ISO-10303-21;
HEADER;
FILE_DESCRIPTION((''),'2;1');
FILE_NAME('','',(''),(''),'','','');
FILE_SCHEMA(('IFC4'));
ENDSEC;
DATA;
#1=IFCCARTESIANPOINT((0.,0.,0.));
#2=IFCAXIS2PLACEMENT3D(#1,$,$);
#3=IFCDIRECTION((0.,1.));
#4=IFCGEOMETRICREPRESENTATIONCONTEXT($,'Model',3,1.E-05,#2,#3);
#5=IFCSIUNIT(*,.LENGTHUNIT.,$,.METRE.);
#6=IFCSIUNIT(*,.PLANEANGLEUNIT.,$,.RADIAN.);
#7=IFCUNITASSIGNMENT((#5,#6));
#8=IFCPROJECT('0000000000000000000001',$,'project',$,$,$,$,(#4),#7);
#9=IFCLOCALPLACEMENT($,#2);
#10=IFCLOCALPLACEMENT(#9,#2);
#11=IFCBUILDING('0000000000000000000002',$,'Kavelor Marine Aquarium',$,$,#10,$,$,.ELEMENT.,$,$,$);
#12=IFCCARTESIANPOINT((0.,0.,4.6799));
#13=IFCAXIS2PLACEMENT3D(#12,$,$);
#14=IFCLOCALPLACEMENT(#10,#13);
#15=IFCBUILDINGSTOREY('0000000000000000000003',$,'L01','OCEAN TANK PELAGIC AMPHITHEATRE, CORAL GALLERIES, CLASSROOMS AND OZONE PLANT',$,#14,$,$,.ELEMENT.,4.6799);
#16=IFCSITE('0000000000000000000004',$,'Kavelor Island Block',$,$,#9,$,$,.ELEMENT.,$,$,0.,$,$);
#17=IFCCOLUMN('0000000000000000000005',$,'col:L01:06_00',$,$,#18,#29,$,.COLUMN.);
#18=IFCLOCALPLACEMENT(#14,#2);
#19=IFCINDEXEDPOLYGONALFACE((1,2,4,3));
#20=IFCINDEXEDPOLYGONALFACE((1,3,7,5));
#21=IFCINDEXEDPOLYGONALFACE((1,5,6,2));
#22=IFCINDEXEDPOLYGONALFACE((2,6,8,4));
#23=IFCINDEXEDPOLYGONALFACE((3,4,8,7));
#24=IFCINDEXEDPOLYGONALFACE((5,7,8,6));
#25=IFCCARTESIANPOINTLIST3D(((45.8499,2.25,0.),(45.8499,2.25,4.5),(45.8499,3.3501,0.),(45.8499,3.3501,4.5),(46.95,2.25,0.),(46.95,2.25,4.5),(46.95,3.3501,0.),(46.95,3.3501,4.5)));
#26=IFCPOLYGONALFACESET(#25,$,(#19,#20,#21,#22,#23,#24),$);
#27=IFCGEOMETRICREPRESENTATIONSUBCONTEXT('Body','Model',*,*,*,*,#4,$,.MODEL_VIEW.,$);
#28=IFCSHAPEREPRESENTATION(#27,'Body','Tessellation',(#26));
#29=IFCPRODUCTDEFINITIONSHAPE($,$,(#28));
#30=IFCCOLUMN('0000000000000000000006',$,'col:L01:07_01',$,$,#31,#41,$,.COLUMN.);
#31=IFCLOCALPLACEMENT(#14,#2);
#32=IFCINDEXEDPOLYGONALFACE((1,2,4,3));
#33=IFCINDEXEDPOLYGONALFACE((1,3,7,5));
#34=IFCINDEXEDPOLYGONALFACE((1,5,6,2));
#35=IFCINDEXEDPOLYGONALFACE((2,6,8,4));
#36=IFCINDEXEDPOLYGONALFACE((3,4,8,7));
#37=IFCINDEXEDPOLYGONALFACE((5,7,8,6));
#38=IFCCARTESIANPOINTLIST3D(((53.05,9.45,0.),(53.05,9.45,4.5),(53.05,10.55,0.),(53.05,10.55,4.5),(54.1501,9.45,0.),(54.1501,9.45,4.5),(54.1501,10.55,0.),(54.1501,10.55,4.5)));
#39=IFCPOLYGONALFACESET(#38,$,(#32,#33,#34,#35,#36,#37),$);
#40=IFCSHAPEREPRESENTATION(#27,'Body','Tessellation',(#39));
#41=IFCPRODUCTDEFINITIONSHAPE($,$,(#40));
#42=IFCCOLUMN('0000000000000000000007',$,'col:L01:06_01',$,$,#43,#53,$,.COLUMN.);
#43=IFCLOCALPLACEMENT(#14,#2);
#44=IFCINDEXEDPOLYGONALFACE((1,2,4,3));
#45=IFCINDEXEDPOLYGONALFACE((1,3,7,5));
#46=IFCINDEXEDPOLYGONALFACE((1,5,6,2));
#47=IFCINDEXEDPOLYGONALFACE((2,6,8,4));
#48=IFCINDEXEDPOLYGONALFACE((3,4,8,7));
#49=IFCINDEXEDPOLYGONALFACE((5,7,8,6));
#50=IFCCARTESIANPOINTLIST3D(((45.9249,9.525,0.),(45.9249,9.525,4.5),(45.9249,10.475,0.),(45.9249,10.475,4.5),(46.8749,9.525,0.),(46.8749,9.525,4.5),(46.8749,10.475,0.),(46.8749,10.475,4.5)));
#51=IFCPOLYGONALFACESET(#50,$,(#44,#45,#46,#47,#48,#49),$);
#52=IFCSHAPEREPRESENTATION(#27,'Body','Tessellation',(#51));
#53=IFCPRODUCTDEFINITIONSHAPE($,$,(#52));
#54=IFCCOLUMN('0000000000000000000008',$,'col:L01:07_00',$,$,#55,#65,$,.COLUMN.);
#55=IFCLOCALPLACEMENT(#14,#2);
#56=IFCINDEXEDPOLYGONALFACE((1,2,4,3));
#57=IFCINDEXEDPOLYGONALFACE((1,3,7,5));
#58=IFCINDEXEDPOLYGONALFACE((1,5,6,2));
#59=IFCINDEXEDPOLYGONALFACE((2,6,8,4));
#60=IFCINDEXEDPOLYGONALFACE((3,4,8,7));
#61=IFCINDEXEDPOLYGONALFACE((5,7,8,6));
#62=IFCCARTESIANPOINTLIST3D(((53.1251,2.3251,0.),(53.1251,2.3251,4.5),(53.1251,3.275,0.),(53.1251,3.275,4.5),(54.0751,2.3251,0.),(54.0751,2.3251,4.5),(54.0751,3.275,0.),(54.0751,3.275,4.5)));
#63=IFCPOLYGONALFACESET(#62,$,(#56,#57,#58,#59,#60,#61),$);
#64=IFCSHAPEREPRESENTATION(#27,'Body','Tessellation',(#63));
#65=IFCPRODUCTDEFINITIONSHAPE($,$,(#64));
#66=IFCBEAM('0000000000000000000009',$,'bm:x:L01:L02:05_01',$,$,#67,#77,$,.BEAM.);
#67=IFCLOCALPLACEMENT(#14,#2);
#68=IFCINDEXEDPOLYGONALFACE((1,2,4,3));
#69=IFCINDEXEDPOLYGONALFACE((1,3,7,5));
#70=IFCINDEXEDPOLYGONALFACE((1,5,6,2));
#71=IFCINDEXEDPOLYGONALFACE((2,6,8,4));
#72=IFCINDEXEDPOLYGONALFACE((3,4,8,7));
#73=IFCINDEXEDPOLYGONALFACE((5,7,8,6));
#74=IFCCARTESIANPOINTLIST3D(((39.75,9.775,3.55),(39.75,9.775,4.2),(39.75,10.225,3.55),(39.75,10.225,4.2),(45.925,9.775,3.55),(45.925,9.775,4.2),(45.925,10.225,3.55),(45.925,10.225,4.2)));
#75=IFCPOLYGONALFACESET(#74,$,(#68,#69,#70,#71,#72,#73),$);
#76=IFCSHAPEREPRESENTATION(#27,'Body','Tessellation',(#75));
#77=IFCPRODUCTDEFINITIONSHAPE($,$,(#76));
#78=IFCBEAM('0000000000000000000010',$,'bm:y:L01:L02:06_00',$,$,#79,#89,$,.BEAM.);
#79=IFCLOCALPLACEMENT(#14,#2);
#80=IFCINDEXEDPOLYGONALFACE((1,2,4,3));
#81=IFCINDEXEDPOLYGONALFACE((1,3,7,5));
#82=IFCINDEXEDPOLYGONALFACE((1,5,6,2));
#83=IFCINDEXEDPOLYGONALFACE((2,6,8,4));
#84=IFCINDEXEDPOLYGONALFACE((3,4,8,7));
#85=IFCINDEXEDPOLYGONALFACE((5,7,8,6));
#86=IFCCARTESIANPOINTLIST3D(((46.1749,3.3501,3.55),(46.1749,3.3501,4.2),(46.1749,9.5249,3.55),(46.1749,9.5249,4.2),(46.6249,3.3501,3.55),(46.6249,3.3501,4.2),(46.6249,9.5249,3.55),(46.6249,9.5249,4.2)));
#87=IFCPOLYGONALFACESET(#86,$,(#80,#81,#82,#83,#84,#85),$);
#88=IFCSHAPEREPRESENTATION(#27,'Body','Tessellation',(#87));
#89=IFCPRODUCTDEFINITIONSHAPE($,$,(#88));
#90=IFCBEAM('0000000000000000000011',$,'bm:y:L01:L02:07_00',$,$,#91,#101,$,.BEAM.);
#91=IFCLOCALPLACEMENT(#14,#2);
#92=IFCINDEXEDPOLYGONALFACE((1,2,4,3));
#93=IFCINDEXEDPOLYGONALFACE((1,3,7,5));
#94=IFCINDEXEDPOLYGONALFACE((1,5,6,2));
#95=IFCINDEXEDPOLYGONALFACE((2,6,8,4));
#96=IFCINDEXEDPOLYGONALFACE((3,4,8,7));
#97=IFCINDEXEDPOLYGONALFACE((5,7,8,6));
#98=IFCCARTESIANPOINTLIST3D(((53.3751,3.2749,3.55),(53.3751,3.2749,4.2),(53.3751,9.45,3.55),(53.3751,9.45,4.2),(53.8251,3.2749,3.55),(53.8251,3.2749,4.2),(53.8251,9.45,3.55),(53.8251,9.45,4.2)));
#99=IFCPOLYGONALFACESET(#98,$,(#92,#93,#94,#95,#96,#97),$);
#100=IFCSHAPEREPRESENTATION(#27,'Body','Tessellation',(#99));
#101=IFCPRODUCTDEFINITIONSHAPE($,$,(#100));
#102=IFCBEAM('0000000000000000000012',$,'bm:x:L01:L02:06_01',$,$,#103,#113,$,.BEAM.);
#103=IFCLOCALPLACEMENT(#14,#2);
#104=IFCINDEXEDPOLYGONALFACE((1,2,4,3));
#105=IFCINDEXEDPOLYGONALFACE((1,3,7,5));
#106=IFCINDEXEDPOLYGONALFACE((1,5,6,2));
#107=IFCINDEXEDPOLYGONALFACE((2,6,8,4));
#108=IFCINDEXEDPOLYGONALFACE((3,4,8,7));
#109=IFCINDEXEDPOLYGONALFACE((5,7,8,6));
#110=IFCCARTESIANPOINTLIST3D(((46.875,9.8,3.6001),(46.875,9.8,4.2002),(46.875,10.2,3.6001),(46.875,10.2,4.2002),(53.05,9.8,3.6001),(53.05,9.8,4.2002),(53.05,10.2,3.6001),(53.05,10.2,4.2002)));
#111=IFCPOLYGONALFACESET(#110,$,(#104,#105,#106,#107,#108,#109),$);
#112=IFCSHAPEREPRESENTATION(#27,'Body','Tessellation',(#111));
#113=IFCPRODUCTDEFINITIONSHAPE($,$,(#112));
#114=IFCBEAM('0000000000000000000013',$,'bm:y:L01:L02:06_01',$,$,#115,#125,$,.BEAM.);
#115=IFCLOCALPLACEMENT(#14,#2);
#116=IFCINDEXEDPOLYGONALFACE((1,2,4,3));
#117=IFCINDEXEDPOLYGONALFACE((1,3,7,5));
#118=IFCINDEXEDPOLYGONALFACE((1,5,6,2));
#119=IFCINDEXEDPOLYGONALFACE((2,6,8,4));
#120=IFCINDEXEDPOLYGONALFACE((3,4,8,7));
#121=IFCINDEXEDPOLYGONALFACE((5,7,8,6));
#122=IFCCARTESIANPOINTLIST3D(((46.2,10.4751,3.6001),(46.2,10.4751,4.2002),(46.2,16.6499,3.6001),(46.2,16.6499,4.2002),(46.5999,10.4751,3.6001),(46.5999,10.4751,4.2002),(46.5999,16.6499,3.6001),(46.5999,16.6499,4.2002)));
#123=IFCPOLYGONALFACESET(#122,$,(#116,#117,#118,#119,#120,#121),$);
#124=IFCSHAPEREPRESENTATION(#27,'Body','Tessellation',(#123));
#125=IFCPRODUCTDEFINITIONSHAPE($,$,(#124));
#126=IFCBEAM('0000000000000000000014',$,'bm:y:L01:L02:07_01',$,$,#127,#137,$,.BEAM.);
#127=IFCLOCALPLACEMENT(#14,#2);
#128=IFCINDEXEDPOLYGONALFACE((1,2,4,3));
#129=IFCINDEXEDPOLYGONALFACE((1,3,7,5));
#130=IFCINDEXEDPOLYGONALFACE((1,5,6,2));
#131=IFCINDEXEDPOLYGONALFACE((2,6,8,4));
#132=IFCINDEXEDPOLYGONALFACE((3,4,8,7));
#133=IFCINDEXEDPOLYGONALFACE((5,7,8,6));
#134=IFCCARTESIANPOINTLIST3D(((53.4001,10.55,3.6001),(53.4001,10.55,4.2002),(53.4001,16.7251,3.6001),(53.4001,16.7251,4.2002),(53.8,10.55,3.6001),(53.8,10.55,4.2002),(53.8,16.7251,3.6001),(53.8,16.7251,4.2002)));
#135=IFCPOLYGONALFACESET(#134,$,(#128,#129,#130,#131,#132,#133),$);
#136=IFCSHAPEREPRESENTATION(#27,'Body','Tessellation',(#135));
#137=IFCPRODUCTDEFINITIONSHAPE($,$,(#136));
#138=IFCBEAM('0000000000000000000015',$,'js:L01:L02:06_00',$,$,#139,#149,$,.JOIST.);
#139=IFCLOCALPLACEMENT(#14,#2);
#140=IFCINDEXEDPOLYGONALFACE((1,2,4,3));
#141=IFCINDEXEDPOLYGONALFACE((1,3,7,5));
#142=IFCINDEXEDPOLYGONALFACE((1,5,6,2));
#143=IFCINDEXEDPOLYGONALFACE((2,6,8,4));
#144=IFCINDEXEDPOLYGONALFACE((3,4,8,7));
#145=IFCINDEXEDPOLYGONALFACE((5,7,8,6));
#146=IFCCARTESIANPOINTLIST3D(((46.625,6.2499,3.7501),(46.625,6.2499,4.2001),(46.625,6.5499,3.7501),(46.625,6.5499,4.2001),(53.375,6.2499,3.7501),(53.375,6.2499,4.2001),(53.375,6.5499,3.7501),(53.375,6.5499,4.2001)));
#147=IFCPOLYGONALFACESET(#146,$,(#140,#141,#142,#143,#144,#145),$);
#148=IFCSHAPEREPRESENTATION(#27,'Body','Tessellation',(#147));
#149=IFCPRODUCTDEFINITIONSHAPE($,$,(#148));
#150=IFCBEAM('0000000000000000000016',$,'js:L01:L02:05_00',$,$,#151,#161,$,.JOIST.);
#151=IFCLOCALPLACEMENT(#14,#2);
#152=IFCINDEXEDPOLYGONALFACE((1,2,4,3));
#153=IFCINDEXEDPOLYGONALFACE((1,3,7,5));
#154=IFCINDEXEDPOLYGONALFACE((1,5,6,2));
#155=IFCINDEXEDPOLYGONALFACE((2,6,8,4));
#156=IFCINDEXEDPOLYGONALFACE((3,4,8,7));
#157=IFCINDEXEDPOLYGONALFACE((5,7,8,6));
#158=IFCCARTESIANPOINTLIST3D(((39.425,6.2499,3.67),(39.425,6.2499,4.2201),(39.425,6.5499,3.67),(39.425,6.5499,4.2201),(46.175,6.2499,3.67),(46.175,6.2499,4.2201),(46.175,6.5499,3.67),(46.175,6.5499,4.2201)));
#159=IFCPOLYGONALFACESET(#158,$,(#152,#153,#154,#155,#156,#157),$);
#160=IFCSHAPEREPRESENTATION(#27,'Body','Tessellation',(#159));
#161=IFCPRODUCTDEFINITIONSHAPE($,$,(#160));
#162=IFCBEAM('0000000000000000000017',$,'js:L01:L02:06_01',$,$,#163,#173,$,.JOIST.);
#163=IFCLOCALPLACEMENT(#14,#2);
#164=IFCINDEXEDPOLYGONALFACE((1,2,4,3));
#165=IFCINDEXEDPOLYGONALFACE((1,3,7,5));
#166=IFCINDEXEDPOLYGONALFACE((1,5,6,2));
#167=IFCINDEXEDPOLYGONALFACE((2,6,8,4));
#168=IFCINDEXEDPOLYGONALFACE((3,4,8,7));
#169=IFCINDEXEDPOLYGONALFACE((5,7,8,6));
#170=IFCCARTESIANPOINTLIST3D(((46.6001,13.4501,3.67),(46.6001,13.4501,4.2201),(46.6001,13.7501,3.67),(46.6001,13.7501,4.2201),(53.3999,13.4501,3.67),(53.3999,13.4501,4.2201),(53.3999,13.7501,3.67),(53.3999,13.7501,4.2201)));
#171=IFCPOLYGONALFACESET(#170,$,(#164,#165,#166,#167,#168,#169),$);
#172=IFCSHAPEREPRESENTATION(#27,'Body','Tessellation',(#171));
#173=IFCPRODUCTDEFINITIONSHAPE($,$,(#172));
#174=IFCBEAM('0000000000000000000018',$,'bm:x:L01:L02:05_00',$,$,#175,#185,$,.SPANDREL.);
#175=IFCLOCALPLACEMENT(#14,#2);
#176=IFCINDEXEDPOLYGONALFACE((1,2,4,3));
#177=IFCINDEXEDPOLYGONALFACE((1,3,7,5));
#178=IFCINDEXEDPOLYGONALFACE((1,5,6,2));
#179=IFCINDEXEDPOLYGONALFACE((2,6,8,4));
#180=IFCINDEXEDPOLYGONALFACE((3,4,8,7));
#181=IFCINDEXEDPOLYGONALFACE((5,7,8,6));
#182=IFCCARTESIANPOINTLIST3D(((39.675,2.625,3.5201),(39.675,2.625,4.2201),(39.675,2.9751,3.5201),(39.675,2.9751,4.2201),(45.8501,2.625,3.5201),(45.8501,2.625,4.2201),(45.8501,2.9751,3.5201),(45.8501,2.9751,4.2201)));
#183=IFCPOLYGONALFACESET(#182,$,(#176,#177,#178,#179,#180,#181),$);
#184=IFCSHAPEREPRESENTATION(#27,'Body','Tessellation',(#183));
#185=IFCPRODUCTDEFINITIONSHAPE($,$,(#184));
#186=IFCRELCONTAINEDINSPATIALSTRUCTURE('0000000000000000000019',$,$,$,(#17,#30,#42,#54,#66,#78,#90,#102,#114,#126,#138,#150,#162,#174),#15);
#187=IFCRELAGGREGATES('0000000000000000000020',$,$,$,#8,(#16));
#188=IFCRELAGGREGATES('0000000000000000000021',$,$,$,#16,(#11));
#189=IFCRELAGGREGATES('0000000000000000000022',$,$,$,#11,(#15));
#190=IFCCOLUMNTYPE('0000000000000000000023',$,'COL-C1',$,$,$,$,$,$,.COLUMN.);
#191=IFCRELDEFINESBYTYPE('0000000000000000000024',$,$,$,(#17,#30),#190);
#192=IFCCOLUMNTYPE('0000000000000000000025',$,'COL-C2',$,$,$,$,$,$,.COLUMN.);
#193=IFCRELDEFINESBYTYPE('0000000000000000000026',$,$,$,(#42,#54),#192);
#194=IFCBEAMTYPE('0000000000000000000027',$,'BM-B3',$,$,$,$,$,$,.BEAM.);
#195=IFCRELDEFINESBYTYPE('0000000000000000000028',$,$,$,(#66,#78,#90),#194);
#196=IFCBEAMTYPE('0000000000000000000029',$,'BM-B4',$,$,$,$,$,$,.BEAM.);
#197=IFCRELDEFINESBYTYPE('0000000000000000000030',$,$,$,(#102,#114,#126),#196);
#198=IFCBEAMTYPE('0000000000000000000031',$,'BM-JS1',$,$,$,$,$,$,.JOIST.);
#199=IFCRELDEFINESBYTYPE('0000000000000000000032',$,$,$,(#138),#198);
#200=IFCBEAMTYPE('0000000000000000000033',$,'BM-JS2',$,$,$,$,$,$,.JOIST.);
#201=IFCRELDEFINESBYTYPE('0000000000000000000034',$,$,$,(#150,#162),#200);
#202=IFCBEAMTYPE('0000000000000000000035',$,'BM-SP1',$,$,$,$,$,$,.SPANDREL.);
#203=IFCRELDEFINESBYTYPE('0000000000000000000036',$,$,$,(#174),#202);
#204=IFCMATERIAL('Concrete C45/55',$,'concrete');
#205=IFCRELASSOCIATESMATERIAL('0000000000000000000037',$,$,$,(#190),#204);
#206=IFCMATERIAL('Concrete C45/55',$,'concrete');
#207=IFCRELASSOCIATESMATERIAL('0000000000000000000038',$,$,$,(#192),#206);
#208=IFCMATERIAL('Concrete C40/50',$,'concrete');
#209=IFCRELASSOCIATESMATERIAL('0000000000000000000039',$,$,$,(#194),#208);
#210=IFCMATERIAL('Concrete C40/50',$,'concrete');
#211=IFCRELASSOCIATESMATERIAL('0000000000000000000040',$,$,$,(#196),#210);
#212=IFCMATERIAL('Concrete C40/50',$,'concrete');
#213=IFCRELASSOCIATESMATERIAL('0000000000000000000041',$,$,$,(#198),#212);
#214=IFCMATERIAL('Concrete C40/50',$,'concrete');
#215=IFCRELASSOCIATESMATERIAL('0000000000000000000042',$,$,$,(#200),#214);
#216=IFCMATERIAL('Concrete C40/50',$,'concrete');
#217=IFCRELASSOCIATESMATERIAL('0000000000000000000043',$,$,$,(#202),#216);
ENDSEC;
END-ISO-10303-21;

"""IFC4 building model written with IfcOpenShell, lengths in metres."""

from ifc_helpers import new_model, si_unit, direction, frame, origin, origin_2d, place, context, subcontext, project, spatial, rectangle, extrude, material, material_profile, profile_set, type_object, element, save


model = new_model("IFC4")

# Units and contexts
model_context = context("Model", 3, precision=1e-05, world=origin(), true_north=direction((0.0, 1.0)))
body_context = subcontext(model_context, "Body", "Model", "MODEL_VIEW")
ifc_project = project(units=[si_unit("LENGTHUNIT", "METRE"), si_unit("PLANEANGLEUNIT", "RADIAN")], contexts=[model_context])

# Site, building, storey
site_placement = place(None, origin())
site = spatial("IfcSite", under=ifc_project, at=site_placement, Name="Kavelor Island Block", CompositionType="ELEMENT", RefElevation=0.0)
building_placement = place(site_placement, origin())
building = spatial("IfcBuilding", under=site, at=building_placement, Name="Kavelor Marine Aquarium", CompositionType="ELEMENT")
storey_placement = place(building_placement, frame((0.0, 0.0, 4.6799)))
storey = spatial("IfcBuildingStorey", under=building, at=storey_placement, Name="L01", Description="OCEAN TANK PELAGIC AMPHITHEATRE, CORAL GALLERIES, CLASSROOMS AND OZONE PLANT", CompositionType="ELEMENT", Elevation=4.6799)

# Columns
ifc_material_1 = material(Name="Concrete C45/55", Category="concrete")
ifc_material_profile_1 = material_profile(ifc_material_1, rectangle(XDim=1.1001, YDim=1.1001, at=origin_2d()), Name="RC-COL 1100x1100")
ifc_profile_set_1 = profile_set([ifc_material_profile_1], Name="Concrete C45/55")
column_type_1 = type_object("IfcColumnType", Name="COL-C1", PredefinedType="COLUMN", material=ifc_profile_set_1)
for number, where, z_axis, x_axis, name in (
    (1, (46.3999, 2.8, 0.0), (0.0, 0.0, 1.0), (1.0, 0.0, 0.0), "col:L01:06_00"),
    (2, (53.6001, 10.0, 0.0), (0.0, 0.0, 1.0), (1.0, 0.0, 0.0), "col:L01:07_01"),
):
    element("IfcColumn", number, at=place(storey_placement, frame(where, z_axis=z_axis, x_axis=x_axis)), inside=storey, type_object=column_type_1, Name=name, PredefinedType="COLUMN", context=body_context, shape_type="SweptSolid", body=[
        extrude(rectangle(XDim=1.1001, YDim=1.1001, at=origin_2d()), origin(), (0.0, 0.0, 1.0), 4.5),
    ])
ifc_material_2 = material(Name="Concrete C45/55", Category="concrete")
ifc_material_profile_2 = material_profile(ifc_material_2, rectangle(XDim=0.95, YDim=0.95, at=origin_2d()), Name="RC-COL 950x950")
ifc_profile_set_2 = profile_set([ifc_material_profile_2], Name="Concrete C45/55")
column_type_2 = type_object("IfcColumnType", Name="COL-C2", PredefinedType="COLUMN", material=ifc_profile_set_2)
for number, where, z_axis, x_axis, name in (
    (3, (46.3999, 10.0, 0.0), (0.0, 0.0, 1.0), (1.0, 0.0, 0.0), "col:L01:06_01"),
    (4, (53.6001, 2.8, 0.0), (0.0, 0.0, 1.0), (1.0, 0.0, 0.0), "col:L01:07_00"),
):
    element("IfcColumn", number, at=place(storey_placement, frame(where, z_axis=z_axis, x_axis=x_axis)), inside=storey, type_object=column_type_2, Name=name, PredefinedType="COLUMN", context=body_context, shape_type="SweptSolid", body=[
        extrude(rectangle(XDim=0.95, YDim=0.95, at=origin_2d()), origin(), (0.0, 0.0, 1.0), 4.5),
    ])

# Beams
ifc_material_3 = material(Name="Concrete C40/50", Category="concrete")
ifc_material_profile_3 = material_profile(ifc_material_3, rectangle(XDim=0.45, YDim=0.6499, at=origin_2d()), Name="RC-BM 450x650")
ifc_profile_set_3 = profile_set([ifc_material_profile_3], Name="Concrete C40/50")
beam_type_1 = type_object("IfcBeamType", Name="BM-B3", PredefinedType="BEAM", material=ifc_profile_set_3)
beam_1_placement = place(storey_placement, frame((39.75, 10.0, 3.875), z_axis=(1.0, 0.0, 0.0), x_axis=(0.0, 1.0, 0.0)))
element("IfcBeam", 5, at=beam_1_placement, inside=storey, type_object=beam_type_1, Name="bm:x:L01:L02:05_01", PredefinedType="BEAM", context=body_context, shape_type="SweptSolid", body=[
    extrude(rectangle(XDim=0.45, YDim=0.6499, at=origin_2d()), origin(), (0.0, 0.0, 1.0), 6.175),
])
beam_2_placement = place(storey_placement, frame((46.3999, 3.3501, 3.875), z_axis=(0.0, 1.0, 0.0), x_axis=(-1.0, 0.0, 0.0)))
element("IfcBeam", 6, at=beam_2_placement, inside=storey, type_object=beam_type_1, Name="bm:y:L01:L02:06_00", PredefinedType="BEAM", context=body_context, shape_type="SweptSolid", body=[
    extrude(rectangle(XDim=0.45, YDim=0.6499, at=origin_2d()), origin(), (0.0, 0.0, 1.0), 6.1748),
])
beam_3_placement = place(storey_placement, frame((53.6001, 3.2749, 3.875), z_axis=(0.0, 1.0, 0.0), x_axis=(-1.0, 0.0, 0.0)))
element("IfcBeam", 7, at=beam_3_placement, inside=storey, type_object=beam_type_1, Name="bm:y:L01:L02:07_00", PredefinedType="BEAM", context=body_context, shape_type="SweptSolid", body=[
    extrude(rectangle(XDim=0.45, YDim=0.6499, at=origin_2d()), origin(), (0.0, 0.0, 1.0), 6.175),
])
ifc_material_4 = material(Name="Concrete C40/50", Category="concrete")
ifc_material_profile_4 = material_profile(ifc_material_4, rectangle(XDim=0.3999, YDim=0.6001, at=origin_2d()), Name="RC-BM 400x600")
ifc_profile_set_4 = profile_set([ifc_material_profile_4], Name="Concrete C40/50")
beam_type_2 = type_object("IfcBeamType", Name="BM-B4", PredefinedType="BEAM", material=ifc_profile_set_4)
beam_4_placement = place(storey_placement, frame((46.875, 10.0, 3.9001), z_axis=(1.0, 0.0, 0.0), x_axis=(0.0, 1.0, 0.0)))
element("IfcBeam", 8, at=beam_4_placement, inside=storey, type_object=beam_type_2, Name="bm:x:L01:L02:06_01", PredefinedType="BEAM", context=body_context, shape_type="SweptSolid", body=[
    extrude(rectangle(XDim=0.3999, YDim=0.6001, at=origin_2d()), origin(), (0.0, 0.0, 1.0), 6.175),
])
beam_5_placement = place(storey_placement, frame((46.3999, 10.4751, 3.9001), z_axis=(0.0, 1.0, 0.0), x_axis=(-1.0, 0.0, 0.0)))
element("IfcBeam", 9, at=beam_5_placement, inside=storey, type_object=beam_type_2, Name="bm:y:L01:L02:06_01", PredefinedType="BEAM", context=body_context, shape_type="SweptSolid", body=[
    extrude(rectangle(XDim=0.3999, YDim=0.6001, at=origin_2d()), origin(), (0.0, 0.0, 1.0), 6.1748),
])
beam_6_placement = place(storey_placement, frame((53.6001, 10.55, 3.9001), z_axis=(0.0, 1.0, 0.0), x_axis=(-1.0, 0.0, 0.0)))
element("IfcBeam", 10, at=beam_6_placement, inside=storey, type_object=beam_type_2, Name="bm:y:L01:L02:07_01", PredefinedType="BEAM", context=body_context, shape_type="SweptSolid", body=[
    extrude(rectangle(XDim=0.3999, YDim=0.6001, at=origin_2d()), origin(), (0.0, 0.0, 1.0), 6.175),
])
ifc_material_5 = material(Name="Concrete C40/50", Category="concrete")
ifc_material_profile_5 = material_profile(ifc_material_5, rectangle(XDim=0.3, YDim=0.45, at=origin_2d()), Name="RC-JS 300x450")
ifc_profile_set_5 = profile_set([ifc_material_profile_5], Name="Concrete C40/50")
beam_type_3 = type_object("IfcBeamType", Name="BM-JS1", PredefinedType="JOIST", material=ifc_profile_set_5)
beam_7_placement = place(storey_placement, frame((46.625, 6.3999, 3.9751), z_axis=(1.0, 0.0, 0.0), x_axis=(0.0, 1.0, 0.0)))
element("IfcBeam", 11, at=beam_7_placement, inside=storey, type_object=beam_type_3, Name="js:L01:L02:06_00", PredefinedType="JOIST", context=body_context, shape_type="SweptSolid", body=[
    extrude(rectangle(XDim=0.3, YDim=0.45, at=origin_2d()), origin(), (0.0, 0.0, 1.0), 6.75),
])
ifc_material_6 = material(Name="Concrete C40/50", Category="concrete")
ifc_material_profile_6 = material_profile(ifc_material_6, rectangle(XDim=0.3, YDim=0.55, at=origin_2d()), Name="RC-JS 300x550")
ifc_profile_set_6 = profile_set([ifc_material_profile_6], Name="Concrete C40/50")
beam_type_4 = type_object("IfcBeamType", Name="BM-JS2", PredefinedType="JOIST", material=ifc_profile_set_6)
beam_8_placement = place(storey_placement, frame((39.425, 6.3999, 3.9451), z_axis=(1.0, 0.0, 0.0), x_axis=(0.0, 1.0, 0.0)))
element("IfcBeam", 12, at=beam_8_placement, inside=storey, type_object=beam_type_4, Name="js:L01:L02:05_00", PredefinedType="JOIST", context=body_context, shape_type="SweptSolid", body=[
    extrude(rectangle(XDim=0.3, YDim=0.55, at=origin_2d()), origin(), (0.0, 0.0, 1.0), 6.75),
])
beam_9_placement = place(storey_placement, frame((46.6001, 13.6001, 3.9451), z_axis=(1.0, 0.0, 0.0), x_axis=(0.0, 1.0, 0.0)))
element("IfcBeam", 13, at=beam_9_placement, inside=storey, type_object=beam_type_4, Name="js:L01:L02:06_01", PredefinedType="JOIST", context=body_context, shape_type="SweptSolid", body=[
    extrude(rectangle(XDim=0.3, YDim=0.55, at=origin_2d()), origin(), (0.0, 0.0, 1.0), 6.7998),
])
ifc_material_7 = material(Name="Concrete C40/50", Category="concrete")
ifc_material_profile_7 = material_profile(ifc_material_7, rectangle(XDim=0.3501, YDim=0.7, at=origin_2d()), Name="RC-SP 350x700")
ifc_profile_set_7 = profile_set([ifc_material_profile_7], Name="Concrete C40/50")
beam_type_5 = type_object("IfcBeamType", Name="BM-SP1", PredefinedType="SPANDREL", material=ifc_profile_set_7)
for number, where, z_axis, x_axis, name in (
    (14, (39.675, 2.8, 3.8701), (1.0, 0.0, 0.0), (0.0, 1.0, 0.0), "bm:x:L01:L02:05_00"),
):
    element("IfcBeam", number, at=place(storey_placement, frame(where, z_axis=z_axis, x_axis=x_axis)), inside=storey, type_object=beam_type_5, Name=name, PredefinedType="SPANDREL", context=body_context, shape_type="SweptSolid", body=[
        extrude(rectangle(XDim=0.3501, YDim=0.7, at=origin_2d()), origin(), (0.0, 0.0, 1.0), 6.175),
    ])

save(model, "model.ifc")
